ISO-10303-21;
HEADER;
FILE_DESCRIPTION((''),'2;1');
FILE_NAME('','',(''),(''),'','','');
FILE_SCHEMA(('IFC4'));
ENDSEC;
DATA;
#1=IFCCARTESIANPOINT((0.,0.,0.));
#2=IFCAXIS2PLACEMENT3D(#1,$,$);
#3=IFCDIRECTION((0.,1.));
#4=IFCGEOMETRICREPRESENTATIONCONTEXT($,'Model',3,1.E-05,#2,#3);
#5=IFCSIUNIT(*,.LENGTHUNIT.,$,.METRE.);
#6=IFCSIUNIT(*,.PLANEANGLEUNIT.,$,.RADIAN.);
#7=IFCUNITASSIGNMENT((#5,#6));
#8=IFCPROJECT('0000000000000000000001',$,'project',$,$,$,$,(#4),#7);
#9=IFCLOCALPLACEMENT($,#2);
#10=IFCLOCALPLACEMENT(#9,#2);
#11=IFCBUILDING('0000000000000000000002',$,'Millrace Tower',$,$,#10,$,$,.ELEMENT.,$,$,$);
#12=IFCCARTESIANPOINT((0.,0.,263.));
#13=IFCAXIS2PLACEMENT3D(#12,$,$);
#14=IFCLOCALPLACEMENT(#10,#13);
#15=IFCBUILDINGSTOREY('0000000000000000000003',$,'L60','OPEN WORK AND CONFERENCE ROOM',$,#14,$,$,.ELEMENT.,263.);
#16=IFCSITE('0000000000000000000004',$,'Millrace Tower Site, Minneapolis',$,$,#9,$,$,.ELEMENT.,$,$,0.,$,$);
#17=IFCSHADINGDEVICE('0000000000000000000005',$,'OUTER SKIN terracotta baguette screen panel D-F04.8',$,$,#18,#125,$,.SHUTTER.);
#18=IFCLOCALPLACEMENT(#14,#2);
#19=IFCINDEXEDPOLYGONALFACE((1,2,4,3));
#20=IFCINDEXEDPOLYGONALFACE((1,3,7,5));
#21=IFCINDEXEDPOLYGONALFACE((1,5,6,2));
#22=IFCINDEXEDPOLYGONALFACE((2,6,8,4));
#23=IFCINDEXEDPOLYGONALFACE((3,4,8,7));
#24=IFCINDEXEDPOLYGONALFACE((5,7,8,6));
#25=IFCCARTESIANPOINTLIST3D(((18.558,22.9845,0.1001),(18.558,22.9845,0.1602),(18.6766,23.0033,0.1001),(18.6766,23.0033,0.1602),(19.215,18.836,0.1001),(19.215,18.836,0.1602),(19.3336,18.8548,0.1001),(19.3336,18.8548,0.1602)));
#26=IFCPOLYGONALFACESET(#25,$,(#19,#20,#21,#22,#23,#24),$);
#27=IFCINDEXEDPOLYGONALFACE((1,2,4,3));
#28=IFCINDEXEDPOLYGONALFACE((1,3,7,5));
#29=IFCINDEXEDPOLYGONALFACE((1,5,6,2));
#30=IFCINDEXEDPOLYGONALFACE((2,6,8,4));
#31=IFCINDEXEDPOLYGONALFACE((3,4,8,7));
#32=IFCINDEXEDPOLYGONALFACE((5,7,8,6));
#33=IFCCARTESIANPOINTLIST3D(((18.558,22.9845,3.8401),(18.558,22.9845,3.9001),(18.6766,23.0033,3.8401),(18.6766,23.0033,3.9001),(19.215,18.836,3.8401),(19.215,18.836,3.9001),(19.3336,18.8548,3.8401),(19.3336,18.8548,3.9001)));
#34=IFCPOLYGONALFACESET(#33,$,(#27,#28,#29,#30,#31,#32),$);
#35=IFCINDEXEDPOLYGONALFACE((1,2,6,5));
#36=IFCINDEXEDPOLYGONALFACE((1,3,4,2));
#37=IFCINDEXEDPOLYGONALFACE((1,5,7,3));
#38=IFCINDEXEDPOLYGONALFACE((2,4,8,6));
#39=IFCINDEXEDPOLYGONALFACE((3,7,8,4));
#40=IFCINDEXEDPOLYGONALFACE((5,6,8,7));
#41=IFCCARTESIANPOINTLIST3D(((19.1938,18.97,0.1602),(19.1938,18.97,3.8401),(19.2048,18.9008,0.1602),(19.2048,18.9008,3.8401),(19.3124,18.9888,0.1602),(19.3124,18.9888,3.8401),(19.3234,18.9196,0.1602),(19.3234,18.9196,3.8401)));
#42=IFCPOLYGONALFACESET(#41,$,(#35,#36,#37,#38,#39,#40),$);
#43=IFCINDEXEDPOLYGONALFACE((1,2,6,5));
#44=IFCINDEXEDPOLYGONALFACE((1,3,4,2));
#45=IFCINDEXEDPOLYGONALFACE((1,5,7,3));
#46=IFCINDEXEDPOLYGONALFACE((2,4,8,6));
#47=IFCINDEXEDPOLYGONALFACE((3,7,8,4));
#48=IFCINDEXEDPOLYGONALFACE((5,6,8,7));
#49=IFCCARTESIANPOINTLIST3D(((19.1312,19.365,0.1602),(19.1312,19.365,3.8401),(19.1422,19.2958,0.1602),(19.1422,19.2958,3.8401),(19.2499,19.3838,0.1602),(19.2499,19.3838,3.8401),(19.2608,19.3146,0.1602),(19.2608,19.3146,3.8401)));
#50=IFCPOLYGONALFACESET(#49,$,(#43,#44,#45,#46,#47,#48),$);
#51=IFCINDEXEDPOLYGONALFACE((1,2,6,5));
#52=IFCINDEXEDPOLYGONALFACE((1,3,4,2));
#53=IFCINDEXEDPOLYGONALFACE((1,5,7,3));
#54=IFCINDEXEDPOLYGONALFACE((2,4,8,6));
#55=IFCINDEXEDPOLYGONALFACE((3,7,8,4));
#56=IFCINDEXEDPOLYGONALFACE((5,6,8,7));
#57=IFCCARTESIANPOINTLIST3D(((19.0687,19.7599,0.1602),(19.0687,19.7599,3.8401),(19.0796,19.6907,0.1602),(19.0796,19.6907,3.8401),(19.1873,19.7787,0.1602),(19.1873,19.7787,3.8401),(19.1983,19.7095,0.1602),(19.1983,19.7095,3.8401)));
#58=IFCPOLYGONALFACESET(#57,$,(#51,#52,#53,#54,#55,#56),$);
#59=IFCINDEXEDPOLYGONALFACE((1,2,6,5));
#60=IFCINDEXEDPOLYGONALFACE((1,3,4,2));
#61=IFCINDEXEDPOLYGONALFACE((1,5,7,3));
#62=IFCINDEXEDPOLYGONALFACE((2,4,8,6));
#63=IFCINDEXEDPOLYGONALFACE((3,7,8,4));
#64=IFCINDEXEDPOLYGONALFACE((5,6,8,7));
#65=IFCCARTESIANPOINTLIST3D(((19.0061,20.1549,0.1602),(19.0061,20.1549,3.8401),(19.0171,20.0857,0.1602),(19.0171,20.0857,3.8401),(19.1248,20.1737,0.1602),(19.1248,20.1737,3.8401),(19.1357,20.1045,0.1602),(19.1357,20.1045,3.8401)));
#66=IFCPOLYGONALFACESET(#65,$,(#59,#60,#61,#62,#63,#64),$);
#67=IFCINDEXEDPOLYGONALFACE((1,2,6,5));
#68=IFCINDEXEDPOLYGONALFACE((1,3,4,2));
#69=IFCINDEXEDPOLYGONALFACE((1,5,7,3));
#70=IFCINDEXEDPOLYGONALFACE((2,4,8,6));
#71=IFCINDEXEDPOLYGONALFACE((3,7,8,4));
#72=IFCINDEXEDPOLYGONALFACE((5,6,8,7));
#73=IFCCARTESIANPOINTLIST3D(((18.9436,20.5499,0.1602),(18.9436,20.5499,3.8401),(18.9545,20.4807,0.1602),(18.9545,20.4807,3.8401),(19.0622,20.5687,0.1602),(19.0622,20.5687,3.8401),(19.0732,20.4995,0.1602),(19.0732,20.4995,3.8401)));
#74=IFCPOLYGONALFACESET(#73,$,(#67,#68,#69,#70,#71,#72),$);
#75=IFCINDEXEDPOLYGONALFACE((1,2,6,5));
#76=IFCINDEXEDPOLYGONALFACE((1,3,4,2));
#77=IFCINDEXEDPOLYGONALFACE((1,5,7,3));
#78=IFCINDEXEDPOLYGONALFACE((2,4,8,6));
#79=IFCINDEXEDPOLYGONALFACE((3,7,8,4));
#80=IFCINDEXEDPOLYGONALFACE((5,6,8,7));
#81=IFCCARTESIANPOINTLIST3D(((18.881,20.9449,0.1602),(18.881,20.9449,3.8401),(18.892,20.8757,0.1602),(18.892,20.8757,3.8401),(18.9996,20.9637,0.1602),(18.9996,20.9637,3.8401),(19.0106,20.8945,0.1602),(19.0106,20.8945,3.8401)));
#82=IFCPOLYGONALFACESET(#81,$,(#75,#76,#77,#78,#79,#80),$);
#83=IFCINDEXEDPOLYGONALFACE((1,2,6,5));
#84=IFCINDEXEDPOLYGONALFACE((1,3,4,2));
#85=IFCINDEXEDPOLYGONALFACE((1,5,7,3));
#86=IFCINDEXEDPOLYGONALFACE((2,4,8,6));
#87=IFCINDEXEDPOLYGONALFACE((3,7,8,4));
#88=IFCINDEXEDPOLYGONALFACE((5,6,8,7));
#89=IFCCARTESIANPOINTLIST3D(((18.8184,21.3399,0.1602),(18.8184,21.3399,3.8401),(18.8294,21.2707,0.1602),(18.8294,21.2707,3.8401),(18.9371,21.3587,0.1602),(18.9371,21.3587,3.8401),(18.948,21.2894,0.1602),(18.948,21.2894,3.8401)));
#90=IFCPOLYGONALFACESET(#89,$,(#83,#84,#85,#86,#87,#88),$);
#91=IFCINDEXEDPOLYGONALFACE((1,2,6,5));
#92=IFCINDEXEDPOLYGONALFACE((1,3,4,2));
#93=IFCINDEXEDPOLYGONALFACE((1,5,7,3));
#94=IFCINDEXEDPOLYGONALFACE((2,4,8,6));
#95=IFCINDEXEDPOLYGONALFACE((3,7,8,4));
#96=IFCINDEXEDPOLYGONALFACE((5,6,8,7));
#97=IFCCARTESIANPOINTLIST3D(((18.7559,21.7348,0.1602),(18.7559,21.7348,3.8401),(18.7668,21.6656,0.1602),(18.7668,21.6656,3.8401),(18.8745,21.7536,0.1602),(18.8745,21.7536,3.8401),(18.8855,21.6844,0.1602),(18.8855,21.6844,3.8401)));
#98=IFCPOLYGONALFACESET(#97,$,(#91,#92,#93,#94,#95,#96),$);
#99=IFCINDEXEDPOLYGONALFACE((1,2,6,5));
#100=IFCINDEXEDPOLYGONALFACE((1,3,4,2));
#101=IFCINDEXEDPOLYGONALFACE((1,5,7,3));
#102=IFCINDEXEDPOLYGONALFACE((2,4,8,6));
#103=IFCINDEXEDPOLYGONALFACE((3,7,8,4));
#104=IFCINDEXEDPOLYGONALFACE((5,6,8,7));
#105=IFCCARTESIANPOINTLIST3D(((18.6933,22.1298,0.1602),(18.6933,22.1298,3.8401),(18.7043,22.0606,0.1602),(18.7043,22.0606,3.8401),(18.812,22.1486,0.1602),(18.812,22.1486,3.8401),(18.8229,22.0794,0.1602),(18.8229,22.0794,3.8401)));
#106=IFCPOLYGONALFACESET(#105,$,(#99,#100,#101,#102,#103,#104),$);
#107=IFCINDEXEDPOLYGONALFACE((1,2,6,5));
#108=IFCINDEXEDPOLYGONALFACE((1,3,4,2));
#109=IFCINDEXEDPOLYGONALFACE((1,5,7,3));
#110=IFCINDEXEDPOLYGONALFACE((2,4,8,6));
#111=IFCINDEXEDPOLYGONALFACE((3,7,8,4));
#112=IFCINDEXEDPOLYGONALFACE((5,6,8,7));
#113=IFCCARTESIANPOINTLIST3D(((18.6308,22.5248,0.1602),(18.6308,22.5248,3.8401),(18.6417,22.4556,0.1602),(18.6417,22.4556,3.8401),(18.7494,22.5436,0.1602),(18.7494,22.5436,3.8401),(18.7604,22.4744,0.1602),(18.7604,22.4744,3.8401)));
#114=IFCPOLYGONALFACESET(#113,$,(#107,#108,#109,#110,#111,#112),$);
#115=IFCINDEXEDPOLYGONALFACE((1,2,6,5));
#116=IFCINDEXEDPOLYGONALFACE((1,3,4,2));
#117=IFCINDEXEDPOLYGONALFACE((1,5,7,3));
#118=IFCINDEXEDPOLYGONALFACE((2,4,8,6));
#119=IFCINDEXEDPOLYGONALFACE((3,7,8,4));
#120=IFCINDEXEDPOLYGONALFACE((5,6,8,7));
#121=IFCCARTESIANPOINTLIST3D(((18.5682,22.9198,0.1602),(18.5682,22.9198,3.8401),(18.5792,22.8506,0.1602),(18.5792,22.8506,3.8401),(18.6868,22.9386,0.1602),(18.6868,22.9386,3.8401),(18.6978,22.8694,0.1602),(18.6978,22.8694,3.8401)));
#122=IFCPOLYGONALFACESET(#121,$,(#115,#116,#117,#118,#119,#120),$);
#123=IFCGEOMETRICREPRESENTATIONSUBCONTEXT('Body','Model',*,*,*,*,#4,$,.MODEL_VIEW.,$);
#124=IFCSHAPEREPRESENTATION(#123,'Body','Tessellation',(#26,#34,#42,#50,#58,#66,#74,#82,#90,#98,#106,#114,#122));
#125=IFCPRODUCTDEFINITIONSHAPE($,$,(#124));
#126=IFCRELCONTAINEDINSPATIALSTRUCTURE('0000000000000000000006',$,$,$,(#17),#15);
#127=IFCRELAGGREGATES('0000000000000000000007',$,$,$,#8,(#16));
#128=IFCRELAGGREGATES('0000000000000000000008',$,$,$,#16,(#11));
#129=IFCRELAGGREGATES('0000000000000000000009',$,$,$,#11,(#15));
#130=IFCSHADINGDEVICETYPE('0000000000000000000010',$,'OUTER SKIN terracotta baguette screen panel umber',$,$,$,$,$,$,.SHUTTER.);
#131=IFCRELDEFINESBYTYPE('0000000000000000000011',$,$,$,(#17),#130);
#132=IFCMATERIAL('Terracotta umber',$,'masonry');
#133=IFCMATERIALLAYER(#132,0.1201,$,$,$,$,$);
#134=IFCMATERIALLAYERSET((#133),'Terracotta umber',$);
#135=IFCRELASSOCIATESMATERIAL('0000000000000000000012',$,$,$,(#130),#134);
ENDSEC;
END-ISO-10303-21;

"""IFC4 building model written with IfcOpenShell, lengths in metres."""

from ifc_helpers import new_model, entity, si_unit, direction, frame, frame_2d, origin, origin_2d, place, context, subcontext, project, spatial, rectangle, extrude, source, transform, mapped, material, layer, layer_set, type_object, element, save


model = new_model("IFC4")

# Units and contexts
model_context = context("Model", 3, precision=1e-05, world=origin(), true_north=direction((0.0, 1.0)))
body_context = subcontext(model_context, "Body", "Model", "MODEL_VIEW")
ifc_project = project(units=[si_unit("LENGTHUNIT", "METRE"), si_unit("PLANEANGLEUNIT", "RADIAN")], contexts=[model_context])

# Site, building, storey
site_placement = place(None, origin())
site = spatial("IfcSite", under=ifc_project, at=site_placement, Name="Millrace Tower Site, Minneapolis", CompositionType="ELEMENT", RefElevation=0.0)
building_placement = place(site_placement, origin())
building = spatial("IfcBuilding", under=site, at=building_placement, Name="Millrace Tower", CompositionType="ELEMENT")
storey_placement = place(building_placement, frame((0.0, 0.0, 263.0)))
storey = spatial("IfcBuildingStorey", under=building, at=storey_placement, Name="L60", Description="OPEN WORK AND CONFERENCE ROOM", CompositionType="ELEMENT", Elevation=263.0)

# Shading device
ifc_material_1 = material(Name="Terracotta umber", Category="masonry")
ifc_layer_1 = layer(ifc_material_1, 0.1201)
ifc_layer_set_1 = layer_set([ifc_layer_1], Name="Terracotta umber")
shading_device_type = type_object("IfcShadingDeviceType", Name="OUTER SKIN terracotta baguette screen panel umber", PredefinedType="SHUTTER", material=ifc_layer_set_1)
cartesian_point_1 = entity("IfcCartesianPoint", [-2.1001, 0.0601])
shared_polyline_1 = entity("IfcPolyline", [cartesian_point_1, entity("IfcCartesianPoint", [2.1001, 0.0601]), entity("IfcCartesianPoint", [2.1001, -0.0601]), entity("IfcCartesianPoint", [-2.1001, -0.0601]), cartesian_point_1])
shared_shape_1 = source(origin(), body_context, "Body", "SweptSolid", [
    entity("IfcExtrudedAreaSolid", entity("IfcArbitraryClosedProfileDef", "AREA", None, shared_polyline_1), entity("IfcAxis2Placement3D", entity("IfcCartesianPoint", [0.0, 0.0, 0.0])), entity("IfcDirection", [0.0, 0.0, 1.0]), 0.0601),
    entity("IfcExtrudedAreaSolid", entity("IfcArbitraryClosedProfileDef", "AREA", None, shared_polyline_1), entity("IfcAxis2Placement3D", entity("IfcCartesianPoint", [0.0, 0.0, 3.74])), entity("IfcDirection", [0.0, 0.0, 1.0]), 0.0601),
    extrude(rectangle(XDim=0.0701, YDim=0.1201, at=frame_2d((-1.9995, 0.0))), frame((0.0, 0.0, 0.0601)), (0.0, 0.0, 1.0), 3.6799),
    extrude(rectangle(XDim=0.0701, YDim=0.1201, at=frame_2d((-1.5996, 0.0))), frame((0.0, 0.0, 0.0601)), (0.0, 0.0, 1.0), 3.6799),
    extrude(rectangle(XDim=0.0701, YDim=0.1201, at=frame_2d((-1.1997, 0.0))), frame((0.0, 0.0, 0.0601)), (0.0, 0.0, 1.0), 3.6799),
    extrude(rectangle(XDim=0.0701, YDim=0.1201, at=frame_2d((-0.7998, 0.0))), frame((0.0, 0.0, 0.0601)), (0.0, 0.0, 1.0), 3.6799),
    extrude(rectangle(XDim=0.0701, YDim=0.1201, at=frame_2d((-0.3999, 0.0))), frame((0.0, 0.0, 0.0601)), (0.0, 0.0, 1.0), 3.6799),
    extrude(rectangle(XDim=0.0701, YDim=0.1201, at=origin_2d()), frame((0.0, 0.0, 0.0601)), (0.0, 0.0, 1.0), 3.6799),
    extrude(rectangle(XDim=0.0701, YDim=0.1201, at=frame_2d((0.3999, 0.0))), frame((0.0, 0.0, 0.0601)), (0.0, 0.0, 1.0), 3.6799),
    extrude(rectangle(XDim=0.0701, YDim=0.1201, at=frame_2d((0.7998, 0.0))), frame((0.0, 0.0, 0.0601)), (0.0, 0.0, 1.0), 3.6799),
    extrude(rectangle(XDim=0.0701, YDim=0.1201, at=frame_2d((1.1997, 0.0))), frame((0.0, 0.0, 0.0601)), (0.0, 0.0, 1.0), 3.6799),
    extrude(rectangle(XDim=0.0701, YDim=0.1201, at=frame_2d((1.5996, 0.0))), frame((0.0, 0.0, 0.0601)), (0.0, 0.0, 1.0), 3.6799),
    extrude(rectangle(XDim=0.0701, YDim=0.1201, at=frame_2d((1.9995, 0.0))), frame((0.0, 0.0, 0.0601)), (0.0, 0.0, 1.0), 3.6799),
])
for number, where, z_axis, x_axis, name in (
    (1, (18.9458, 20.9197, 0.1001), (0.0, 0.0, 1.0), (-0.156434, 0.987688, 0.0), "OUTER SKIN terracotta baguette screen panel D-F04.8"),
):
    element("IfcShadingDevice", number, at=place(storey_placement, frame(where, z_axis=z_axis, x_axis=x_axis)), inside=storey, type_object=shading_device_type, Name=name, PredefinedType="SHUTTER", context=body_context, shape_type="MappedRepresentation", body=[
        mapped(shared_shape_1, transform((0.0, 0.0, 0.0), scale=1.0)),
    ])

save(model, "model.ifc")
